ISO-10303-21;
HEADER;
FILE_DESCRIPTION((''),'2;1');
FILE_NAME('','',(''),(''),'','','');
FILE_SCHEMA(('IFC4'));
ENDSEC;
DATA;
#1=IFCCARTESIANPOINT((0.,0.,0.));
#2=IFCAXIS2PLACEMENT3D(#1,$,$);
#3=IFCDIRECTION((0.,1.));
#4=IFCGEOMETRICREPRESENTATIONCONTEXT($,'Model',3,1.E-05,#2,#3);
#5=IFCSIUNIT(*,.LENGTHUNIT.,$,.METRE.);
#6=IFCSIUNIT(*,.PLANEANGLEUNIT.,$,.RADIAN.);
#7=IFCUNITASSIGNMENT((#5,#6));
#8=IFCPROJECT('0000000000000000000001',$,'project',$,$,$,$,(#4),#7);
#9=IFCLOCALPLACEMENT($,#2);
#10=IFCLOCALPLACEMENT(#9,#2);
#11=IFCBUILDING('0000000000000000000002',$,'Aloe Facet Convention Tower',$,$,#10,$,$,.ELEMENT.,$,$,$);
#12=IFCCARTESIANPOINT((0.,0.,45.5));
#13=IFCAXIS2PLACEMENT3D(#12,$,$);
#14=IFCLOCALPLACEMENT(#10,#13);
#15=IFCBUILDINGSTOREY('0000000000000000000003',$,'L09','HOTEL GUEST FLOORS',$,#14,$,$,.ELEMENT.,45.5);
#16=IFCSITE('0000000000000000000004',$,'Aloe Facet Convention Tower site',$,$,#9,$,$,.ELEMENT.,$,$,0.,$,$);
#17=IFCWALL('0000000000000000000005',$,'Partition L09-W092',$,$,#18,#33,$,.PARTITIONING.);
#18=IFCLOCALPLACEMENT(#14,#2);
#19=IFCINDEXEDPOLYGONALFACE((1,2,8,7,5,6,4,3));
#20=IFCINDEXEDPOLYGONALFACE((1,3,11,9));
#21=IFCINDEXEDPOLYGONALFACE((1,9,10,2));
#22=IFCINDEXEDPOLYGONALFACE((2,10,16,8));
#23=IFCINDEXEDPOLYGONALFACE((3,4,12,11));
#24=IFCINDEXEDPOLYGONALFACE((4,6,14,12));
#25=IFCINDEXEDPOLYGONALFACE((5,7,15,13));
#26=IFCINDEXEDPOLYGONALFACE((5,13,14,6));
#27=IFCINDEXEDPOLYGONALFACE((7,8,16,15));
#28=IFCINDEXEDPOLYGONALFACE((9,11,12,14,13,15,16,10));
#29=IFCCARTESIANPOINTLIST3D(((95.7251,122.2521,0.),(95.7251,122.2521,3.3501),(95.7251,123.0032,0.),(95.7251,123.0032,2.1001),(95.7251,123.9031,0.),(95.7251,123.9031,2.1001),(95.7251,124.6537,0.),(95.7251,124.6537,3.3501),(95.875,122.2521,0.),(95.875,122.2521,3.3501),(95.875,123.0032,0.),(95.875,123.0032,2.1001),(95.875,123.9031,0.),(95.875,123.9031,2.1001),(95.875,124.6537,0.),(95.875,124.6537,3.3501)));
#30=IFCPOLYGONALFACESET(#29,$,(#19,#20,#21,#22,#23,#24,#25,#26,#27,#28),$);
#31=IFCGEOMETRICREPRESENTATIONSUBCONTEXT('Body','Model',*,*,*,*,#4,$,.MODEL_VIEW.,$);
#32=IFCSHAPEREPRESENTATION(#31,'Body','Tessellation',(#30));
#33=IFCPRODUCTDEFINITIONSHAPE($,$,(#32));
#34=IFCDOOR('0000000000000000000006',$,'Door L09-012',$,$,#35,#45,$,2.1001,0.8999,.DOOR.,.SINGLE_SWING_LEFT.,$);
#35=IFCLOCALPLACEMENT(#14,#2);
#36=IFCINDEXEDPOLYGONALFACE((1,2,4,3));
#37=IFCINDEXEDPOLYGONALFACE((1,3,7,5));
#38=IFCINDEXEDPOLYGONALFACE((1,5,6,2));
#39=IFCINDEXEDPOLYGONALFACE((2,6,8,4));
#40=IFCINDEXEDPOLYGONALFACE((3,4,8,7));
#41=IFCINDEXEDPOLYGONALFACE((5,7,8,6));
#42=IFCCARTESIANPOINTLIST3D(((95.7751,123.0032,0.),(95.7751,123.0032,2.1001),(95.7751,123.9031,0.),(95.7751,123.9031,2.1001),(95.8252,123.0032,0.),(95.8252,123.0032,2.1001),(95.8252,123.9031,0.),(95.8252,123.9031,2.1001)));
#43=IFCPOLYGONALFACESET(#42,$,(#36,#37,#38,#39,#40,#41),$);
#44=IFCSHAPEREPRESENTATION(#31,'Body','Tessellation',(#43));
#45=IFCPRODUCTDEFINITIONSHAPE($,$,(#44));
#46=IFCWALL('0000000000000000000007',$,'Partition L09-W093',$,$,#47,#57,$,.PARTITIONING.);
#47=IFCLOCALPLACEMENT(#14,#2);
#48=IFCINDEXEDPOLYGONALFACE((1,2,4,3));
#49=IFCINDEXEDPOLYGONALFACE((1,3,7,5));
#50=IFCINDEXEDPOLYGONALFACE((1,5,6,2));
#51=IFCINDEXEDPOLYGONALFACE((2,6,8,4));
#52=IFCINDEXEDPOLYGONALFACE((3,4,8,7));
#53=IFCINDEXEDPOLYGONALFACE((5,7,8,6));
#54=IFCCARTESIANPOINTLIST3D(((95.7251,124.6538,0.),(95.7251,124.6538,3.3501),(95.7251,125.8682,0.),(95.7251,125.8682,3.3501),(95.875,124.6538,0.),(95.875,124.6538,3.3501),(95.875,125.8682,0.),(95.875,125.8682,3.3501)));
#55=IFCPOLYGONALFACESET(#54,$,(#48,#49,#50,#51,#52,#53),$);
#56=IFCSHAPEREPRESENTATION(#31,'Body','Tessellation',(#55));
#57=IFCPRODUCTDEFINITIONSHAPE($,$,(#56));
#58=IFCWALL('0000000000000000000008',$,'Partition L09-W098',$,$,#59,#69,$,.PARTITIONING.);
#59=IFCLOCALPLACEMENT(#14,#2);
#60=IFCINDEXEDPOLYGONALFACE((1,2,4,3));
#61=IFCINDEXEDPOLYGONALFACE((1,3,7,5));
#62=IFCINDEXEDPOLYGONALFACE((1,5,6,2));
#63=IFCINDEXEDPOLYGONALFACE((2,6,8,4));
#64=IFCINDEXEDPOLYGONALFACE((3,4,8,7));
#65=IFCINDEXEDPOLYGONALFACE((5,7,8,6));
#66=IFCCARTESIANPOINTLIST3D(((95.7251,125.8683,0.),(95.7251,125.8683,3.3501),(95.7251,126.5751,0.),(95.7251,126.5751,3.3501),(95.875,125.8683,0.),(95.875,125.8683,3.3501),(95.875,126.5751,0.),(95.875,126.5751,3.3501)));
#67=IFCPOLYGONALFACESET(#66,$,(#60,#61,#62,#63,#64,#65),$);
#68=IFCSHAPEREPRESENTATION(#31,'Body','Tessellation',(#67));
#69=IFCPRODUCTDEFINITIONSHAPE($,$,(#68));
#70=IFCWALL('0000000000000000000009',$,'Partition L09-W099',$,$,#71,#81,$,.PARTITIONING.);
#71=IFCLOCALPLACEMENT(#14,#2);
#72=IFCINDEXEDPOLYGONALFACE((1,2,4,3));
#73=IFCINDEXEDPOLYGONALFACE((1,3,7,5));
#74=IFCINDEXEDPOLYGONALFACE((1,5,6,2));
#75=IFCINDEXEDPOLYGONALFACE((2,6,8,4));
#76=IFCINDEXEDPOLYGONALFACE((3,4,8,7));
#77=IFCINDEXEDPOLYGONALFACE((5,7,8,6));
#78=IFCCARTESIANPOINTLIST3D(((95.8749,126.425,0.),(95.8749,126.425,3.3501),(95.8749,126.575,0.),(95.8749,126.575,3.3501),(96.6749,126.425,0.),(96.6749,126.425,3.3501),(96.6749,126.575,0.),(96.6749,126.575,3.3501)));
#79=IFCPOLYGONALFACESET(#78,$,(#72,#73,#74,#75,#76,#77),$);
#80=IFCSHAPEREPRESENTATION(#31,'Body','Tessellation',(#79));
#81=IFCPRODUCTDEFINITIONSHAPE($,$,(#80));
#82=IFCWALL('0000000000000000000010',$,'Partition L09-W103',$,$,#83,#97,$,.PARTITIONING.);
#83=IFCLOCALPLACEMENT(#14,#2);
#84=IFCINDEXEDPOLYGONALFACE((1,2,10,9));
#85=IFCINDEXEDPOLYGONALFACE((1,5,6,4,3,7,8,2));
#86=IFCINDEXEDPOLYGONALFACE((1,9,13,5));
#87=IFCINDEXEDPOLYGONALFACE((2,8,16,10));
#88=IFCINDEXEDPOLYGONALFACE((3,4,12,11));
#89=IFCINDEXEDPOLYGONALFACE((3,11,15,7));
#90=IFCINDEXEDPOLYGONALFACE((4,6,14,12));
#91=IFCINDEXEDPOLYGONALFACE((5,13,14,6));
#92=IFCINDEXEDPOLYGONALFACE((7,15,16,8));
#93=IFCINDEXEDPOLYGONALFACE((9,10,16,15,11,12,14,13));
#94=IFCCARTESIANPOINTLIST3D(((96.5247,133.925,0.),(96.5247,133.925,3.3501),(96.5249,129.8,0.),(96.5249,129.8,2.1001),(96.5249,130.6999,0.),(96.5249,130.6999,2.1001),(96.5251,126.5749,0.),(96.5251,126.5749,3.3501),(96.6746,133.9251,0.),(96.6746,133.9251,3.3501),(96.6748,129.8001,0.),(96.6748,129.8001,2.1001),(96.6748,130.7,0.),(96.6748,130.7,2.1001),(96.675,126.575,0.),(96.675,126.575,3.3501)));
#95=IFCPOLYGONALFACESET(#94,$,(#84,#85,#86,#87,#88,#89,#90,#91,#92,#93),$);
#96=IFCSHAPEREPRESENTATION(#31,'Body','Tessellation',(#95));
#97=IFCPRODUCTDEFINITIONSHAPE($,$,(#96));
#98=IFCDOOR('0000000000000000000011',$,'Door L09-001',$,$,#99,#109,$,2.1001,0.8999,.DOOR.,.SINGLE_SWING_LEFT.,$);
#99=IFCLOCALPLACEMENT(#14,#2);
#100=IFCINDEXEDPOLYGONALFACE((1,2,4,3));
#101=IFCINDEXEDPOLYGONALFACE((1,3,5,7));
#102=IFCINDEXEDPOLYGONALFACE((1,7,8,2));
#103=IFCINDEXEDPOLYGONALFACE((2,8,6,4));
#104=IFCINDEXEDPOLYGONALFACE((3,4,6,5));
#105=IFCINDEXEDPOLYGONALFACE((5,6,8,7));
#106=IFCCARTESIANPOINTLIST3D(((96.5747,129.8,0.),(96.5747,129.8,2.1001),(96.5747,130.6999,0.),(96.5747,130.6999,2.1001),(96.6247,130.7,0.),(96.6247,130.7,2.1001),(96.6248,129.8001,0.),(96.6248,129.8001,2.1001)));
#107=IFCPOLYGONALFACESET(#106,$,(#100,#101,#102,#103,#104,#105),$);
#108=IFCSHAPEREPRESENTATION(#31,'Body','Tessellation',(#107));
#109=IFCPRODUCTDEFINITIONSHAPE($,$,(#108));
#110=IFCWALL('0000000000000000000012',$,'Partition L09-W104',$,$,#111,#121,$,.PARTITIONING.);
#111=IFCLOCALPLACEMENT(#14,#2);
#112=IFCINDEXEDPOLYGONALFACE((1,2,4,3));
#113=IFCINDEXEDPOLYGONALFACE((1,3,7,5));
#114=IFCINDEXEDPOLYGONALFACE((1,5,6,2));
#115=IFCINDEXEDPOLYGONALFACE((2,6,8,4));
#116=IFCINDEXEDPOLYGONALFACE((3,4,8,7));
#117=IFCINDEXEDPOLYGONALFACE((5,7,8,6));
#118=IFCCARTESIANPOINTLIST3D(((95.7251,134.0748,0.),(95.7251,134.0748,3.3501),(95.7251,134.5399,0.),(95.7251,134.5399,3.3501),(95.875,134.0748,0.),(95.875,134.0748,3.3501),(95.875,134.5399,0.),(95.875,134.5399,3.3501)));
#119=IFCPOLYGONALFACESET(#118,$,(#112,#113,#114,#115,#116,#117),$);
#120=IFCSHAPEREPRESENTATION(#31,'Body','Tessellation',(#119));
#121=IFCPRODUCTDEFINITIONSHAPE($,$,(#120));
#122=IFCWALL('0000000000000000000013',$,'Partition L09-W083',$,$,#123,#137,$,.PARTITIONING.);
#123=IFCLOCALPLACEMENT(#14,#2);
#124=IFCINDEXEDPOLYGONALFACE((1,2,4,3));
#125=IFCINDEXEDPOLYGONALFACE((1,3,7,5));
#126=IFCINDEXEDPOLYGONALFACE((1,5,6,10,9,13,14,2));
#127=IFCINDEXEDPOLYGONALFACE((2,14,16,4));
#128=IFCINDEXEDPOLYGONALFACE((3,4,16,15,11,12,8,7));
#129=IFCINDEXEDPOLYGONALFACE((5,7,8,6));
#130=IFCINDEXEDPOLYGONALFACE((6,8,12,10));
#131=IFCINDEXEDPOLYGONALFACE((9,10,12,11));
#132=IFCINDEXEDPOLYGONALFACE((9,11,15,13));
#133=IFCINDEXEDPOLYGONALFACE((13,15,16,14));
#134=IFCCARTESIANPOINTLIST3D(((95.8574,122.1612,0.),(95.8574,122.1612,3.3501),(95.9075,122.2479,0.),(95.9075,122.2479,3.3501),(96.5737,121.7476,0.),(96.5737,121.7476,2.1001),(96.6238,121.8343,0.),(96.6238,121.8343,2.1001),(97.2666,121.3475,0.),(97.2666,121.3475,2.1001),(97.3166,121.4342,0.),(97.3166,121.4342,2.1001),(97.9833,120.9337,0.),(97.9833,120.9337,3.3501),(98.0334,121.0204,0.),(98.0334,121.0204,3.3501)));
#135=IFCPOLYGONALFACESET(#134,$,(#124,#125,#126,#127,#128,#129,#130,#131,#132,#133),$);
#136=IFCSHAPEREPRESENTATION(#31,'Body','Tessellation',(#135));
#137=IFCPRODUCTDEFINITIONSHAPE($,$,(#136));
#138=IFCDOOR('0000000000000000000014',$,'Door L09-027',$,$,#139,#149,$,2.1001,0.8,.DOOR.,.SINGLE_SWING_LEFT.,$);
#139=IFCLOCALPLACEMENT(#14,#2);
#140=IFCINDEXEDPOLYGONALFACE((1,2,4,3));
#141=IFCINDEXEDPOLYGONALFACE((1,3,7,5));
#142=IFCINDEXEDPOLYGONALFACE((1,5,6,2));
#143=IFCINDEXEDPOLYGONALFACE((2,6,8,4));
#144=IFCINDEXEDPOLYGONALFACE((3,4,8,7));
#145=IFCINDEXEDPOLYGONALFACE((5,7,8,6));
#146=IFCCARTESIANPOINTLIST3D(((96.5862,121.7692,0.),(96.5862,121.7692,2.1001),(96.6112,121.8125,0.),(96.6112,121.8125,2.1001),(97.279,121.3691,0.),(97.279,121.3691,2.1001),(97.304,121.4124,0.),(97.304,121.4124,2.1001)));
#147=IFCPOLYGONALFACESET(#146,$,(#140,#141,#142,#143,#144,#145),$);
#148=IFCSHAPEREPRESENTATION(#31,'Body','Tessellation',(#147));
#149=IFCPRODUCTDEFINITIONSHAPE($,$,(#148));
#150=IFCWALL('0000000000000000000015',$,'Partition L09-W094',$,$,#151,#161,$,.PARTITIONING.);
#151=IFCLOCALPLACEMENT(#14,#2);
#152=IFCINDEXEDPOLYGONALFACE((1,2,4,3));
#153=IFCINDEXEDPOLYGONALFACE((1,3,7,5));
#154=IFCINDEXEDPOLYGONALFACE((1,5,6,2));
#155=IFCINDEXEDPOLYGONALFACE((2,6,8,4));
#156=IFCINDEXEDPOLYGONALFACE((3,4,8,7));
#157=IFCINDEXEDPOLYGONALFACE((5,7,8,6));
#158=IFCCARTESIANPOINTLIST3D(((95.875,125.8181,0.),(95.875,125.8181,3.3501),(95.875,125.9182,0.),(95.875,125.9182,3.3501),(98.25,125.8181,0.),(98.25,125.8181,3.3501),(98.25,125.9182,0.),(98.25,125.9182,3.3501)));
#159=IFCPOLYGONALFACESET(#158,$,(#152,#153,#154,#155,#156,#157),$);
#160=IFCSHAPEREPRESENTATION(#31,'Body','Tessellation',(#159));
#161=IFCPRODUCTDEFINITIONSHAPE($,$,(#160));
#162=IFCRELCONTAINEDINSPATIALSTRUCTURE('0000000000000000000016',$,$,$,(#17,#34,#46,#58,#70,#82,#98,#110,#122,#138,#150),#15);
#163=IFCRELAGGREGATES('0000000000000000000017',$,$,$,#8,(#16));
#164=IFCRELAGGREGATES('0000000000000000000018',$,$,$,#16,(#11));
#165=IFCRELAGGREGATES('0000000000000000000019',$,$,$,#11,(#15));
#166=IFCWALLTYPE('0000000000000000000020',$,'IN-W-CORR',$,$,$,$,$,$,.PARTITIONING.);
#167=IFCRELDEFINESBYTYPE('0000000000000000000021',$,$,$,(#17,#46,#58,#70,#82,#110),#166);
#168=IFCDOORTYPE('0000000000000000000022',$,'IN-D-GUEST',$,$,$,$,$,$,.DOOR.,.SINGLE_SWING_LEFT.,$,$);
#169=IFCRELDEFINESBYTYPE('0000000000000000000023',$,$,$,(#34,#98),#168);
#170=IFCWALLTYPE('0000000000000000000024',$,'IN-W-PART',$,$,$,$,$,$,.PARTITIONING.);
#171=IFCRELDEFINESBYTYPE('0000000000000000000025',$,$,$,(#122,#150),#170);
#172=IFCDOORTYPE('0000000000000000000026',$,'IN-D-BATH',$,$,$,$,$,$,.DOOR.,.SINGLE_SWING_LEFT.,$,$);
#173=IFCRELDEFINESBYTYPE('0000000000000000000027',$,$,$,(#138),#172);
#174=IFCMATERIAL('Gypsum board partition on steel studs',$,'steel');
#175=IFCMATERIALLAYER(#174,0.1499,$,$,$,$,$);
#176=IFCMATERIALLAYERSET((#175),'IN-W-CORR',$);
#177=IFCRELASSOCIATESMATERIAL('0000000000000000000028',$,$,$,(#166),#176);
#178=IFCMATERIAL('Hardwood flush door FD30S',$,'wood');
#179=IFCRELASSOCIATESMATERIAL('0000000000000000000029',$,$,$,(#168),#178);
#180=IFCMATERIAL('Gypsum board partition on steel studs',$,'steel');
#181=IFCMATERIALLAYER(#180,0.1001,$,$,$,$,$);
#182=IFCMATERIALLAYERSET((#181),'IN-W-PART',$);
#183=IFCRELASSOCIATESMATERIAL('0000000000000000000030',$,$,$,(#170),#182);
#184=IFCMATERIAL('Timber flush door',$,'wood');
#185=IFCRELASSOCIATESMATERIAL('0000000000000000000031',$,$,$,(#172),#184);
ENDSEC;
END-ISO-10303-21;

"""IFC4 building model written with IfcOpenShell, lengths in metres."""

from ifc_helpers import new_model, si_unit, direction, frame, frame_2d, origin, place, context, subcontext, project, spatial, rectangle, extrude, material, layer, layer_set, type_object, element, fill, save


model = new_model("IFC4")

# Units and contexts
model_context = context("Model", 3, precision=1e-05, world=origin(), true_north=direction((0.0, 1.0)))
body_context = subcontext(model_context, "Body", "Model", "MODEL_VIEW")
ifc_project = project(units=[si_unit("LENGTHUNIT", "METRE"), si_unit("PLANEANGLEUNIT", "RADIAN")], contexts=[model_context])

# Site, building, storey
site_placement = place(None, origin())
site = spatial("IfcSite", under=ifc_project, at=site_placement, Name="Aloe Facet Convention Tower site", CompositionType="ELEMENT", RefElevation=0.0)
building_placement = place(site_placement, origin())
building = spatial("IfcBuilding", under=site, at=building_placement, Name="Aloe Facet Convention Tower", CompositionType="ELEMENT")
storey_placement = place(building_placement, frame((0.0, 0.0, 45.5)))
storey = spatial("IfcBuildingStorey", under=building, at=storey_placement, Name="L09", Description="HOTEL GUEST FLOORS", CompositionType="ELEMENT", Elevation=45.5)

# Wall, opening, door
ifc_material_1 = material(Name="Gypsum board partition on steel studs", Category="steel")
ifc_layer_1 = layer(ifc_material_1, 0.1499)
ifc_layer_set_1 = layer_set([ifc_layer_1], Name="IN-W-CORR")
wall_type_1 = type_object("IfcWallType", Name="IN-W-CORR", PredefinedType="PARTITIONING", material=ifc_layer_set_1)
wall_1_placement = place(storey_placement, frame((95.8, 122.2522, 0.0), z_axis=(0.0, 0.0, 1.0), x_axis=(0.0, 1.0, 0.0)))
wall_1 = element("IfcWall", 1, at=wall_1_placement, inside=storey, type_object=wall_type_1, Name="Partition L09-W092", PredefinedType="PARTITIONING", context=body_context, shape_type="SweptSolid", body=[
    extrude(rectangle(XDim=2.4016, YDim=0.1499, at=frame_2d((1.2007, 0.0))), origin(), (0.0, 0.0, 1.0), 3.3501),
])
opening_1_placement = place(wall_1_placement, frame((0.751, 0.0, 0.0)))
opening_1 = element("IfcOpeningElement", 2, at=opening_1_placement, cuts=wall_1, PredefinedType="OPENING", context=body_context, shape_type="SweptSolid", body=[
    extrude(rectangle(XDim=0.8999, YDim=2.1001, at=frame_2d((0.45, 1.05))), frame((0.0, 0.085, 0.0), z_axis=(0.0, -1.0, 0.0), x_axis=(1.0, 0.0, 0.0)), (0.0, 0.0, 1.0), 0.1699),
])
ifc_material_2 = material(Name="Hardwood flush door FD30S", Category="wood")
door_type_1 = type_object("IfcDoorType", Name="IN-D-GUEST", OperationType="SINGLE_SWING_LEFT", PredefinedType="DOOR", material=ifc_material_2)
door_1_placement = place(opening_1_placement, origin())
door_1 = element("IfcDoor", 3, at=door_1_placement, inside=storey, type_object=door_type_1, Name="Door L09-012", OperationType="SINGLE_SWING_LEFT", OverallHeight=2.1001, OverallWidth=0.8999, PredefinedType="DOOR", context=body_context, shape_type="SweptSolid", body=[
    extrude(rectangle(XDim=0.8999, YDim=2.1001, at=frame_2d((0.45, 1.05))), frame((0.0, 0.0249, 0.0), z_axis=(0.0, -1.0, 0.0), x_axis=(1.0, 0.0, 0.0)), (0.0, 0.0, 1.0), 0.05),
])
fill(opening_1, door_1)

# Walls
wall_2_placement = place(storey_placement, frame((95.8, 124.6538, 0.0), z_axis=(0.0, 0.0, 1.0), x_axis=(0.0, 1.0, 0.0)))
element("IfcWall", 4, at=wall_2_placement, inside=storey, type_object=wall_type_1, Name="Partition L09-W093", PredefinedType="PARTITIONING", context=body_context, shape_type="SweptSolid", body=[
    extrude(rectangle(XDim=1.2144, YDim=0.1499, at=frame_2d((0.6072, 0.0))), origin(), (0.0, 0.0, 1.0), 3.3501),
])
wall_3_placement = place(storey_placement, frame((95.8, 125.8682, 0.0), z_axis=(0.0, 0.0, 1.0), x_axis=(0.0, 1.0, 0.0)))
element("IfcWall", 5, at=wall_3_placement, inside=storey, type_object=wall_type_1, Name="Partition L09-W098", PredefinedType="PARTITIONING", context=body_context, shape_type="SweptSolid", body=[
    extrude(rectangle(XDim=0.7068, YDim=0.1499, at=frame_2d((0.3535, 0.0))), origin(), (0.0, 0.0, 1.0), 3.3501),
])
wall_4_placement = place(storey_placement, frame((95.875, 126.5, 0.0), z_axis=(0.0, 0.0, 1.0), x_axis=(1.0, 0.0, 0.0)))
element("IfcWall", 6, at=wall_4_placement, inside=storey, type_object=wall_type_1, Name="Partition L09-W099", PredefinedType="PARTITIONING", context=body_context, shape_type="SweptSolid", body=[
    extrude(rectangle(XDim=0.8, YDim=0.1499, at=frame_2d((0.3999, 0.0))), origin(), (0.0, 0.0, 1.0), 3.3501),
])

# Wall, opening, door
wall_5_placement = place(storey_placement, frame((96.5996, 133.925, 0.0), z_axis=(0.0, 0.0, 1.0), x_axis=(0.000066, -1.0, 0.0)))
wall_5 = element("IfcWall", 7, at=wall_5_placement, inside=storey, type_object=wall_type_1, Name="Partition L09-W103", PredefinedType="PARTITIONING", context=body_context, shape_type="SweptSolid", body=[
    extrude(rectangle(XDim=7.3501, YDim=0.1499, at=frame_2d((3.675, 0.0))), origin(), (0.0, 0.0, 1.0), 3.3501),
])
opening_2_placement = place(wall_5_placement, frame((3.2251, 0.0, 0.0)))
opening_2 = element("IfcOpeningElement", 8, at=opening_2_placement, cuts=wall_5, PredefinedType="OPENING", context=body_context, shape_type="SweptSolid", body=[
    extrude(rectangle(XDim=0.8999, YDim=2.1001, at=frame_2d((0.45, 1.05))), frame((0.0, 0.085, 0.0), z_axis=(0.0, -1.0, 0.0), x_axis=(1.0, 0.0, 0.0)), (0.0, 0.0, 1.0), 0.1699),
])
door_2_placement = place(opening_2_placement, origin())
door_2 = element("IfcDoor", 9, at=door_2_placement, inside=storey, type_object=door_type_1, Name="Door L09-001", OperationType="SINGLE_SWING_LEFT", OverallHeight=2.1001, OverallWidth=0.8999, PredefinedType="DOOR", context=body_context, shape_type="SweptSolid", body=[
    extrude(rectangle(XDim=0.8999, YDim=2.1001, at=frame_2d((0.45, 1.05))), frame((0.0, 0.0249, 0.0), z_axis=(0.0, -1.0, 0.0), x_axis=(1.0, 0.0, 0.0)), (0.0, 0.0, 1.0), 0.05),
])
fill(opening_2, door_2)

# Wall
wall_6_placement = place(storey_placement, frame((95.8, 134.075, 0.0), z_axis=(0.0, 0.0, 1.0), x_axis=(0.0, 1.0, 0.0)))
element("IfcWall", 10, at=wall_6_placement, inside=storey, type_object=wall_type_1, Name="Partition L09-W104", PredefinedType="PARTITIONING", context=body_context, shape_type="SweptSolid", body=[
    extrude(rectangle(XDim=0.4651, YDim=0.1499, at=frame_2d((0.2324, 0.0))), origin(), (0.0, 0.0, 1.0), 3.3501),
])

# Wall, opening, door
ifc_material_3 = material(Name="Gypsum board partition on steel studs", Category="steel")
ifc_layer_2 = layer(ifc_material_3, 0.1001)
ifc_layer_set_2 = layer_set([ifc_layer_2], Name="IN-W-PART")
wall_type_2 = type_object("IfcWallType", Name="IN-W-PART", PredefinedType="PARTITIONING", material=ifc_layer_set_2)
wall_7_placement = place(storey_placement, frame((95.8823, 122.2046, 0.0), z_axis=(0.0, 0.0, 1.0), x_axis=(0.866007, -0.500032, 0.0)))
wall_7 = element("IfcWall", 11, at=wall_7_placement, inside=storey, type_object=wall_type_2, Name="Partition L09-W083", PredefinedType="PARTITIONING", context=body_context, shape_type="SweptSolid", body=[
    extrude(rectangle(XDim=2.4548, YDim=0.1001, at=frame_2d((1.2275, 0.0))), origin(), (0.0, 0.0, 1.0), 3.3501),
])
opening_3_placement = place(wall_7_placement, frame((0.8274, 0.0, 0.0)))
opening_3 = element("IfcOpeningElement", 12, at=opening_3_placement, cuts=wall_7, PredefinedType="OPENING", context=body_context, shape_type="SweptSolid", body=[
    extrude(rectangle(XDim=0.8, YDim=2.1001, at=frame_2d((0.3999, 1.05))), frame((0.0, 0.0601, 0.0), z_axis=(0.0, -1.0, 0.0), x_axis=(1.0, 0.0, 0.0)), (0.0, 0.0, 1.0), 0.1201),
])
ifc_material_4 = material(Name="Timber flush door", Category="wood")
door_type_2 = type_object("IfcDoorType", Name="IN-D-BATH", OperationType="SINGLE_SWING_LEFT", PredefinedType="DOOR", material=ifc_material_4)
door_3_placement = place(opening_3_placement, origin())
door_3 = element("IfcDoor", 13, at=door_3_placement, inside=storey, type_object=door_type_2, Name="Door L09-027", OperationType="SINGLE_SWING_LEFT", OverallHeight=2.1001, OverallWidth=0.8, PredefinedType="DOOR", context=body_context, shape_type="SweptSolid", body=[
    extrude(rectangle(XDim=0.8, YDim=2.1001, at=frame_2d((0.3999, 1.05))), frame((0.0, 0.0249, 0.0), z_axis=(0.0, -1.0, 0.0), x_axis=(1.0, 0.0, 0.0)), (0.0, 0.0, 1.0), 0.05),
])
fill(opening_3, door_3)

# Wall
wall_8_placement = place(storey_placement, frame((95.875, 125.8682, 0.0), z_axis=(0.0, 0.0, 1.0), x_axis=(1.0, 0.0, 0.0)))
element("IfcWall", 14, at=wall_8_placement, inside=storey, type_object=wall_type_2, Name="Partition L09-W094", PredefinedType="PARTITIONING", context=body_context, shape_type="SweptSolid", body=[
    extrude(rectangle(XDim=2.375, YDim=0.1001, at=frame_2d((1.1875, 0.0))), origin(), (0.0, 0.0, 1.0), 3.3501),
])

save(model, "model.ifc")
